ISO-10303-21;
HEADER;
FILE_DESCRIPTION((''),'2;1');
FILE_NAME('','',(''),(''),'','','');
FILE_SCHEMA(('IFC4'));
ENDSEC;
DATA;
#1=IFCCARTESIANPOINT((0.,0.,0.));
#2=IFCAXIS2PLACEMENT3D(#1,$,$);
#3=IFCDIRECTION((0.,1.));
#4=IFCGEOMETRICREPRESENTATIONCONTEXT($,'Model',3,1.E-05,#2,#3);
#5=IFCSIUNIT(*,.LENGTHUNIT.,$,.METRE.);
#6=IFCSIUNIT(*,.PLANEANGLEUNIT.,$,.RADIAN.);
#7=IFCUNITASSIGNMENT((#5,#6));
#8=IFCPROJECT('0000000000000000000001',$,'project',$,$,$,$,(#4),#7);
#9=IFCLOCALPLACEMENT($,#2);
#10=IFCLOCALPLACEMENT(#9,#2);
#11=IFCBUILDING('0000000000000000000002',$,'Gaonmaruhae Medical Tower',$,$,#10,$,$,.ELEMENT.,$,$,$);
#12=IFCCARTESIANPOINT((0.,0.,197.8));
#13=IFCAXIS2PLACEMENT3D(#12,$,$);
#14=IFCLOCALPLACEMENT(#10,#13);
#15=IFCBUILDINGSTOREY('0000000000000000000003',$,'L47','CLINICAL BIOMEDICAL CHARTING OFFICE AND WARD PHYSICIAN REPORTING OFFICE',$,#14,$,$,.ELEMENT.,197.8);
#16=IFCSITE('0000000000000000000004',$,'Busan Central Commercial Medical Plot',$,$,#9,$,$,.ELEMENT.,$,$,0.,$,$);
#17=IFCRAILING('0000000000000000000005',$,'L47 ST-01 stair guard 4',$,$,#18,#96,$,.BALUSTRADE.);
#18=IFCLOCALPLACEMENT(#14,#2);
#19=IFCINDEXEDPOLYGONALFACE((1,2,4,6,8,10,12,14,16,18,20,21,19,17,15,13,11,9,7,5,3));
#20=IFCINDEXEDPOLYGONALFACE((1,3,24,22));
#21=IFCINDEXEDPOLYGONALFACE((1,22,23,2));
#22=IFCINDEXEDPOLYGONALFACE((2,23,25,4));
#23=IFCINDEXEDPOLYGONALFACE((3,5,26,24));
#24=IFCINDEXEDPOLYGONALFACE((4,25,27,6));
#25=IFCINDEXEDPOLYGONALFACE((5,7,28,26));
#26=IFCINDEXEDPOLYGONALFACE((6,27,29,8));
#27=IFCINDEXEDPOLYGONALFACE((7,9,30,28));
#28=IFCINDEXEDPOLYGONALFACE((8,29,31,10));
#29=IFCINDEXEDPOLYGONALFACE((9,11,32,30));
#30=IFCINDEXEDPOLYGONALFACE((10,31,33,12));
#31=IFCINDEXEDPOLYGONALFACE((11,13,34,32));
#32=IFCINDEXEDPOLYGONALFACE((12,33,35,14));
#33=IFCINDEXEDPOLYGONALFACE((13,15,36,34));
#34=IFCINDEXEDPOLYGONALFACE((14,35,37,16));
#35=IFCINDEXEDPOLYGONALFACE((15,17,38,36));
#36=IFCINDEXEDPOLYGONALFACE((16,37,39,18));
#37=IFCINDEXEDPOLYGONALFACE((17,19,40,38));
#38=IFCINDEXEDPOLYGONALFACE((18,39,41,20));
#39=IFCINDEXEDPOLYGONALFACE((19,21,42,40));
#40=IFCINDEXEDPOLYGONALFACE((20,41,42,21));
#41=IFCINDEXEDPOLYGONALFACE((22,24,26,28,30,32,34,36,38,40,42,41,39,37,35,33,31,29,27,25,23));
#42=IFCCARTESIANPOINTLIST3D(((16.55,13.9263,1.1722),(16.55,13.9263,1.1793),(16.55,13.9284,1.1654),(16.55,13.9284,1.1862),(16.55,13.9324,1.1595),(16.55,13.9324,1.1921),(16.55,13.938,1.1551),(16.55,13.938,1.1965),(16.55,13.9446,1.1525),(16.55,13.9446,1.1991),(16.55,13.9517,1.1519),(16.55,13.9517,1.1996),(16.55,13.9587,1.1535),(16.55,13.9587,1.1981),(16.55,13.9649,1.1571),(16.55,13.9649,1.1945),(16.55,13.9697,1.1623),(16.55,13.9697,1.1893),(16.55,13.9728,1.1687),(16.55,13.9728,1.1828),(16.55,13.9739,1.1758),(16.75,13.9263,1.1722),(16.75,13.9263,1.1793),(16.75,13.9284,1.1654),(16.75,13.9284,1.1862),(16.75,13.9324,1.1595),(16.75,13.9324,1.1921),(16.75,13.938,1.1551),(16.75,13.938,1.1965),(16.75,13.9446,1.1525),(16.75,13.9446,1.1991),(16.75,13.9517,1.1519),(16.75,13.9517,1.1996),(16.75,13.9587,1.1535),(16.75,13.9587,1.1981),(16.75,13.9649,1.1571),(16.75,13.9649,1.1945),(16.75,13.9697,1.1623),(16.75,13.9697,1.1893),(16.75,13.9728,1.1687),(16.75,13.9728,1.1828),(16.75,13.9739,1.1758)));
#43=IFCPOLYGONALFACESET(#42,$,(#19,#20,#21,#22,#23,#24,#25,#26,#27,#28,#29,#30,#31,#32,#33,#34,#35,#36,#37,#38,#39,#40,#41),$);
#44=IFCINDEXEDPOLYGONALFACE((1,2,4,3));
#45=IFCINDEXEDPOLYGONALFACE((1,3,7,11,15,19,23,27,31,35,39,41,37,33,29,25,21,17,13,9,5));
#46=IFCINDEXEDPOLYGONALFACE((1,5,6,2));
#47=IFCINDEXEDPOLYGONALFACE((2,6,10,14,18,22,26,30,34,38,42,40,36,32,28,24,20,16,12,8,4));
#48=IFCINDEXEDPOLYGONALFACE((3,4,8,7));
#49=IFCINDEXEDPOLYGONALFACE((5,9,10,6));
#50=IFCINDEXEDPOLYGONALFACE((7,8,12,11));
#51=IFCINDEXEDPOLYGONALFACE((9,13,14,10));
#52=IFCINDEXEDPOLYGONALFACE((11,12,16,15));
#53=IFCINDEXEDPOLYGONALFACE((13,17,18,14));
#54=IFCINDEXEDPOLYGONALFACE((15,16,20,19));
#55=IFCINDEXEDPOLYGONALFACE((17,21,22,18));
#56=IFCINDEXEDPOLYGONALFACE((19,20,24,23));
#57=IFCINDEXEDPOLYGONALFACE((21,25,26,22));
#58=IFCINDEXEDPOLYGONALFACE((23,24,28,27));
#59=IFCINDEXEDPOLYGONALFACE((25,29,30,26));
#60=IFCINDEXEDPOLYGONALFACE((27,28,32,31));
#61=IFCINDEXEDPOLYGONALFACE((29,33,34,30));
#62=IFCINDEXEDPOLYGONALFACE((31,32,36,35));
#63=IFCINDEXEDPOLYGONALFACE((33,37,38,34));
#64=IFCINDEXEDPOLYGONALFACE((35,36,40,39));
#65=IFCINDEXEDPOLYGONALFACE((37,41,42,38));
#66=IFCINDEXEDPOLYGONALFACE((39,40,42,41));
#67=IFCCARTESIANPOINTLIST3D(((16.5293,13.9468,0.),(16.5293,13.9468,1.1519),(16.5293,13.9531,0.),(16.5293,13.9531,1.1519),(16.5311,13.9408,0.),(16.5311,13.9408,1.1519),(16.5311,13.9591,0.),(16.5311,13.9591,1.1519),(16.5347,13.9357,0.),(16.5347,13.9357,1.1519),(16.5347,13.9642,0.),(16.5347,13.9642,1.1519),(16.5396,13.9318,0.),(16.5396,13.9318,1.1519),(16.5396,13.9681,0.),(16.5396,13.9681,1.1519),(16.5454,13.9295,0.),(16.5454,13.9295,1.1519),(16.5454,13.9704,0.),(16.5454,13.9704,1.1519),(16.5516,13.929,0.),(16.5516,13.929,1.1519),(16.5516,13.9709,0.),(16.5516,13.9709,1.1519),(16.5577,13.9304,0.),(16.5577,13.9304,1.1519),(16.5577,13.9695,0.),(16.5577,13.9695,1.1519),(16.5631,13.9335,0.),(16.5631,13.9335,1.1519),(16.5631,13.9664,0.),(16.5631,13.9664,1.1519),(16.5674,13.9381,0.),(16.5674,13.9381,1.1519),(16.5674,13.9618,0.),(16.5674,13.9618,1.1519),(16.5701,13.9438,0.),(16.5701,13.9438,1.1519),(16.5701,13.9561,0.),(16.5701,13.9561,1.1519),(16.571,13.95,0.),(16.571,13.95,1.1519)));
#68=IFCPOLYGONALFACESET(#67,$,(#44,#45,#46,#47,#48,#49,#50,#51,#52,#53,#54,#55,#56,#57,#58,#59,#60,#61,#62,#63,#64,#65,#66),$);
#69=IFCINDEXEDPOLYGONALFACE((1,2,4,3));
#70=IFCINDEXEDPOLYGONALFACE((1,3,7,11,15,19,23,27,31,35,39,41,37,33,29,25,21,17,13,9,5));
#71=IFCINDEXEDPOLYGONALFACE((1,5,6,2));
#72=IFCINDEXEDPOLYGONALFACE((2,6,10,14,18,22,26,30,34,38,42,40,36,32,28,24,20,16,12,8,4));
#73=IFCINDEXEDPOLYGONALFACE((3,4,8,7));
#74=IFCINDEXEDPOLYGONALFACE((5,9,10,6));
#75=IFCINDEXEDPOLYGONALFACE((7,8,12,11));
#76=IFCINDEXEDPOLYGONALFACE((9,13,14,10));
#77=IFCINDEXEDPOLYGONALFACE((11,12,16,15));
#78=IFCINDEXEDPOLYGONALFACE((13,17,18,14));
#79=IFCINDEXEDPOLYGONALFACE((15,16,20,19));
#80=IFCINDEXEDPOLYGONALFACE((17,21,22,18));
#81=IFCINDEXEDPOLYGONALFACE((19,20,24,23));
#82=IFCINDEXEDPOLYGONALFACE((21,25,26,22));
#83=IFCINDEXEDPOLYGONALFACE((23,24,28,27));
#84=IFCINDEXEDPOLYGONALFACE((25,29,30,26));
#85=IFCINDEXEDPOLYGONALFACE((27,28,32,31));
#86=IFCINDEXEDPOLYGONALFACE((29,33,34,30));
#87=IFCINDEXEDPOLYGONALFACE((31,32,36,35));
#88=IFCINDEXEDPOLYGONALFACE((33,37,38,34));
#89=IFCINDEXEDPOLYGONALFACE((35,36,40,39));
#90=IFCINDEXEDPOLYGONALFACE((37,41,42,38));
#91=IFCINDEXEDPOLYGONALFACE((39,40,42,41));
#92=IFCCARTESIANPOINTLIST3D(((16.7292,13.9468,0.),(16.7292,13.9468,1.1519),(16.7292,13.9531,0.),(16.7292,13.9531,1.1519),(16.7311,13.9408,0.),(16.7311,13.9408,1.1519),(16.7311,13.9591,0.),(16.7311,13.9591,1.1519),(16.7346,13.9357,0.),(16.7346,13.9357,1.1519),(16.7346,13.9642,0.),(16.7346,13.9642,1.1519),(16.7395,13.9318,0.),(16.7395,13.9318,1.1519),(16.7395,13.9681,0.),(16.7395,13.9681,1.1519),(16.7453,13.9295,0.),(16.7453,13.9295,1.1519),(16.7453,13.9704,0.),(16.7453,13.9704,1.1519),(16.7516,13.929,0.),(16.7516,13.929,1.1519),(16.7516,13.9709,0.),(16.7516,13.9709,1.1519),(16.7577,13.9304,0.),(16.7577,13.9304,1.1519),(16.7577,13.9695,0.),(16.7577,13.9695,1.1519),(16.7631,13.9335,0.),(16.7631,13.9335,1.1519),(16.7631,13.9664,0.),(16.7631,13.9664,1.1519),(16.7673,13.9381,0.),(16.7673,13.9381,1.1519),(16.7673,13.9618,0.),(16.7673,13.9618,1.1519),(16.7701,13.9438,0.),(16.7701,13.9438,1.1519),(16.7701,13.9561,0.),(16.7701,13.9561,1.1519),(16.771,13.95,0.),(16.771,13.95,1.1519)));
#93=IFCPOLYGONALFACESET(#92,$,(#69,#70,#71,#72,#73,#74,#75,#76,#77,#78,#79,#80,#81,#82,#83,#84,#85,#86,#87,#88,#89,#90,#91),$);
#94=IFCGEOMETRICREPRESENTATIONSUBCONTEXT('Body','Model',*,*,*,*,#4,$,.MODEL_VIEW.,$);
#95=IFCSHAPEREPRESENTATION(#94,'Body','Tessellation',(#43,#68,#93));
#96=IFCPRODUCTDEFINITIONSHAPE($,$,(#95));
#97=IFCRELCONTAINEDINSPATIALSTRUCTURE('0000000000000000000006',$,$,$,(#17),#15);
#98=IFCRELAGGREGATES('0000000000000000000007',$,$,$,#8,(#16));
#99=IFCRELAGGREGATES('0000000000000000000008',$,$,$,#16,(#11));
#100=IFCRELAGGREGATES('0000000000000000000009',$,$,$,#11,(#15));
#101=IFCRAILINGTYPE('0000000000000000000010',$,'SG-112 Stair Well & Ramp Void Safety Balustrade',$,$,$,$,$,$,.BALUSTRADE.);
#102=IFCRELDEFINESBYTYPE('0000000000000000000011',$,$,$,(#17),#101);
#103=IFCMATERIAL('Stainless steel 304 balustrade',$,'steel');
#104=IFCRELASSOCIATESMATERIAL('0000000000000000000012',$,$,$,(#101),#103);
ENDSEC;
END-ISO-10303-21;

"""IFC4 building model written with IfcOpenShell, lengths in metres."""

from ifc_helpers import new_model, si_unit, direction, frame, origin, origin_2d, place, context, subcontext, project, spatial, circle, extrude, material, type_object, element, save


model = new_model("IFC4")

# Units and contexts
model_context = context("Model", 3, precision=1e-05, world=origin(), true_north=direction((0.0, 1.0)))
body_context = subcontext(model_context, "Body", "Model", "MODEL_VIEW")
ifc_project = project(units=[si_unit("LENGTHUNIT", "METRE"), si_unit("PLANEANGLEUNIT", "RADIAN")], contexts=[model_context])

# Site, building, storey
site_placement = place(None, origin())
site = spatial("IfcSite", under=ifc_project, at=site_placement, Name="Busan Central Commercial Medical Plot", CompositionType="ELEMENT", RefElevation=0.0)
building_placement = place(site_placement, origin())
building = spatial("IfcBuilding", under=site, at=building_placement, Name="Gaonmaruhae Medical Tower", CompositionType="ELEMENT")
storey_placement = place(building_placement, frame((0.0, 0.0, 197.8)))
storey = spatial("IfcBuildingStorey", under=building, at=storey_placement, Name="L47", Description="CLINICAL BIOMEDICAL CHARTING OFFICE AND WARD PHYSICIAN REPORTING OFFICE", CompositionType="ELEMENT", Elevation=197.8)

# Railing
ifc_material_1 = material(Name="Stainless steel 304 balustrade", Category="steel")
railing_type_1 = type_object("IfcRailingType", Name="SG-112 Stair Well & Ramp Void Safety Balustrade", PredefinedType="BALUSTRADE", material=ifc_material_1)
railing_1_placement = place(storey_placement, frame((16.55, 13.95, 0.0)))
element("IfcRailing", 1, at=railing_1_placement, inside=storey, type_object=railing_type_1, Name="L47 ST-01 stair guard 4", PredefinedType="BALUSTRADE", context=body_context, shape_type="SweptSolid", body=[
    extrude(circle(Radius=0.0239, at=origin_2d()), frame((0.0, 0.0, 1.1758), z_axis=(1.0, 0.0, 0.0), x_axis=(0.0, 1.0, 0.0)), (0.0, 0.0, 1.0), 0.2),
    extrude(circle(Radius=0.021, at=origin_2d()), origin(), (0.0, 0.0, 1.0), 1.1519),
    extrude(circle(Radius=0.021, at=origin_2d()), frame((0.2, 0.0, 0.0)), (0.0, 0.0, 1.0), 1.1519),
])

save(model, "model.ifc")
